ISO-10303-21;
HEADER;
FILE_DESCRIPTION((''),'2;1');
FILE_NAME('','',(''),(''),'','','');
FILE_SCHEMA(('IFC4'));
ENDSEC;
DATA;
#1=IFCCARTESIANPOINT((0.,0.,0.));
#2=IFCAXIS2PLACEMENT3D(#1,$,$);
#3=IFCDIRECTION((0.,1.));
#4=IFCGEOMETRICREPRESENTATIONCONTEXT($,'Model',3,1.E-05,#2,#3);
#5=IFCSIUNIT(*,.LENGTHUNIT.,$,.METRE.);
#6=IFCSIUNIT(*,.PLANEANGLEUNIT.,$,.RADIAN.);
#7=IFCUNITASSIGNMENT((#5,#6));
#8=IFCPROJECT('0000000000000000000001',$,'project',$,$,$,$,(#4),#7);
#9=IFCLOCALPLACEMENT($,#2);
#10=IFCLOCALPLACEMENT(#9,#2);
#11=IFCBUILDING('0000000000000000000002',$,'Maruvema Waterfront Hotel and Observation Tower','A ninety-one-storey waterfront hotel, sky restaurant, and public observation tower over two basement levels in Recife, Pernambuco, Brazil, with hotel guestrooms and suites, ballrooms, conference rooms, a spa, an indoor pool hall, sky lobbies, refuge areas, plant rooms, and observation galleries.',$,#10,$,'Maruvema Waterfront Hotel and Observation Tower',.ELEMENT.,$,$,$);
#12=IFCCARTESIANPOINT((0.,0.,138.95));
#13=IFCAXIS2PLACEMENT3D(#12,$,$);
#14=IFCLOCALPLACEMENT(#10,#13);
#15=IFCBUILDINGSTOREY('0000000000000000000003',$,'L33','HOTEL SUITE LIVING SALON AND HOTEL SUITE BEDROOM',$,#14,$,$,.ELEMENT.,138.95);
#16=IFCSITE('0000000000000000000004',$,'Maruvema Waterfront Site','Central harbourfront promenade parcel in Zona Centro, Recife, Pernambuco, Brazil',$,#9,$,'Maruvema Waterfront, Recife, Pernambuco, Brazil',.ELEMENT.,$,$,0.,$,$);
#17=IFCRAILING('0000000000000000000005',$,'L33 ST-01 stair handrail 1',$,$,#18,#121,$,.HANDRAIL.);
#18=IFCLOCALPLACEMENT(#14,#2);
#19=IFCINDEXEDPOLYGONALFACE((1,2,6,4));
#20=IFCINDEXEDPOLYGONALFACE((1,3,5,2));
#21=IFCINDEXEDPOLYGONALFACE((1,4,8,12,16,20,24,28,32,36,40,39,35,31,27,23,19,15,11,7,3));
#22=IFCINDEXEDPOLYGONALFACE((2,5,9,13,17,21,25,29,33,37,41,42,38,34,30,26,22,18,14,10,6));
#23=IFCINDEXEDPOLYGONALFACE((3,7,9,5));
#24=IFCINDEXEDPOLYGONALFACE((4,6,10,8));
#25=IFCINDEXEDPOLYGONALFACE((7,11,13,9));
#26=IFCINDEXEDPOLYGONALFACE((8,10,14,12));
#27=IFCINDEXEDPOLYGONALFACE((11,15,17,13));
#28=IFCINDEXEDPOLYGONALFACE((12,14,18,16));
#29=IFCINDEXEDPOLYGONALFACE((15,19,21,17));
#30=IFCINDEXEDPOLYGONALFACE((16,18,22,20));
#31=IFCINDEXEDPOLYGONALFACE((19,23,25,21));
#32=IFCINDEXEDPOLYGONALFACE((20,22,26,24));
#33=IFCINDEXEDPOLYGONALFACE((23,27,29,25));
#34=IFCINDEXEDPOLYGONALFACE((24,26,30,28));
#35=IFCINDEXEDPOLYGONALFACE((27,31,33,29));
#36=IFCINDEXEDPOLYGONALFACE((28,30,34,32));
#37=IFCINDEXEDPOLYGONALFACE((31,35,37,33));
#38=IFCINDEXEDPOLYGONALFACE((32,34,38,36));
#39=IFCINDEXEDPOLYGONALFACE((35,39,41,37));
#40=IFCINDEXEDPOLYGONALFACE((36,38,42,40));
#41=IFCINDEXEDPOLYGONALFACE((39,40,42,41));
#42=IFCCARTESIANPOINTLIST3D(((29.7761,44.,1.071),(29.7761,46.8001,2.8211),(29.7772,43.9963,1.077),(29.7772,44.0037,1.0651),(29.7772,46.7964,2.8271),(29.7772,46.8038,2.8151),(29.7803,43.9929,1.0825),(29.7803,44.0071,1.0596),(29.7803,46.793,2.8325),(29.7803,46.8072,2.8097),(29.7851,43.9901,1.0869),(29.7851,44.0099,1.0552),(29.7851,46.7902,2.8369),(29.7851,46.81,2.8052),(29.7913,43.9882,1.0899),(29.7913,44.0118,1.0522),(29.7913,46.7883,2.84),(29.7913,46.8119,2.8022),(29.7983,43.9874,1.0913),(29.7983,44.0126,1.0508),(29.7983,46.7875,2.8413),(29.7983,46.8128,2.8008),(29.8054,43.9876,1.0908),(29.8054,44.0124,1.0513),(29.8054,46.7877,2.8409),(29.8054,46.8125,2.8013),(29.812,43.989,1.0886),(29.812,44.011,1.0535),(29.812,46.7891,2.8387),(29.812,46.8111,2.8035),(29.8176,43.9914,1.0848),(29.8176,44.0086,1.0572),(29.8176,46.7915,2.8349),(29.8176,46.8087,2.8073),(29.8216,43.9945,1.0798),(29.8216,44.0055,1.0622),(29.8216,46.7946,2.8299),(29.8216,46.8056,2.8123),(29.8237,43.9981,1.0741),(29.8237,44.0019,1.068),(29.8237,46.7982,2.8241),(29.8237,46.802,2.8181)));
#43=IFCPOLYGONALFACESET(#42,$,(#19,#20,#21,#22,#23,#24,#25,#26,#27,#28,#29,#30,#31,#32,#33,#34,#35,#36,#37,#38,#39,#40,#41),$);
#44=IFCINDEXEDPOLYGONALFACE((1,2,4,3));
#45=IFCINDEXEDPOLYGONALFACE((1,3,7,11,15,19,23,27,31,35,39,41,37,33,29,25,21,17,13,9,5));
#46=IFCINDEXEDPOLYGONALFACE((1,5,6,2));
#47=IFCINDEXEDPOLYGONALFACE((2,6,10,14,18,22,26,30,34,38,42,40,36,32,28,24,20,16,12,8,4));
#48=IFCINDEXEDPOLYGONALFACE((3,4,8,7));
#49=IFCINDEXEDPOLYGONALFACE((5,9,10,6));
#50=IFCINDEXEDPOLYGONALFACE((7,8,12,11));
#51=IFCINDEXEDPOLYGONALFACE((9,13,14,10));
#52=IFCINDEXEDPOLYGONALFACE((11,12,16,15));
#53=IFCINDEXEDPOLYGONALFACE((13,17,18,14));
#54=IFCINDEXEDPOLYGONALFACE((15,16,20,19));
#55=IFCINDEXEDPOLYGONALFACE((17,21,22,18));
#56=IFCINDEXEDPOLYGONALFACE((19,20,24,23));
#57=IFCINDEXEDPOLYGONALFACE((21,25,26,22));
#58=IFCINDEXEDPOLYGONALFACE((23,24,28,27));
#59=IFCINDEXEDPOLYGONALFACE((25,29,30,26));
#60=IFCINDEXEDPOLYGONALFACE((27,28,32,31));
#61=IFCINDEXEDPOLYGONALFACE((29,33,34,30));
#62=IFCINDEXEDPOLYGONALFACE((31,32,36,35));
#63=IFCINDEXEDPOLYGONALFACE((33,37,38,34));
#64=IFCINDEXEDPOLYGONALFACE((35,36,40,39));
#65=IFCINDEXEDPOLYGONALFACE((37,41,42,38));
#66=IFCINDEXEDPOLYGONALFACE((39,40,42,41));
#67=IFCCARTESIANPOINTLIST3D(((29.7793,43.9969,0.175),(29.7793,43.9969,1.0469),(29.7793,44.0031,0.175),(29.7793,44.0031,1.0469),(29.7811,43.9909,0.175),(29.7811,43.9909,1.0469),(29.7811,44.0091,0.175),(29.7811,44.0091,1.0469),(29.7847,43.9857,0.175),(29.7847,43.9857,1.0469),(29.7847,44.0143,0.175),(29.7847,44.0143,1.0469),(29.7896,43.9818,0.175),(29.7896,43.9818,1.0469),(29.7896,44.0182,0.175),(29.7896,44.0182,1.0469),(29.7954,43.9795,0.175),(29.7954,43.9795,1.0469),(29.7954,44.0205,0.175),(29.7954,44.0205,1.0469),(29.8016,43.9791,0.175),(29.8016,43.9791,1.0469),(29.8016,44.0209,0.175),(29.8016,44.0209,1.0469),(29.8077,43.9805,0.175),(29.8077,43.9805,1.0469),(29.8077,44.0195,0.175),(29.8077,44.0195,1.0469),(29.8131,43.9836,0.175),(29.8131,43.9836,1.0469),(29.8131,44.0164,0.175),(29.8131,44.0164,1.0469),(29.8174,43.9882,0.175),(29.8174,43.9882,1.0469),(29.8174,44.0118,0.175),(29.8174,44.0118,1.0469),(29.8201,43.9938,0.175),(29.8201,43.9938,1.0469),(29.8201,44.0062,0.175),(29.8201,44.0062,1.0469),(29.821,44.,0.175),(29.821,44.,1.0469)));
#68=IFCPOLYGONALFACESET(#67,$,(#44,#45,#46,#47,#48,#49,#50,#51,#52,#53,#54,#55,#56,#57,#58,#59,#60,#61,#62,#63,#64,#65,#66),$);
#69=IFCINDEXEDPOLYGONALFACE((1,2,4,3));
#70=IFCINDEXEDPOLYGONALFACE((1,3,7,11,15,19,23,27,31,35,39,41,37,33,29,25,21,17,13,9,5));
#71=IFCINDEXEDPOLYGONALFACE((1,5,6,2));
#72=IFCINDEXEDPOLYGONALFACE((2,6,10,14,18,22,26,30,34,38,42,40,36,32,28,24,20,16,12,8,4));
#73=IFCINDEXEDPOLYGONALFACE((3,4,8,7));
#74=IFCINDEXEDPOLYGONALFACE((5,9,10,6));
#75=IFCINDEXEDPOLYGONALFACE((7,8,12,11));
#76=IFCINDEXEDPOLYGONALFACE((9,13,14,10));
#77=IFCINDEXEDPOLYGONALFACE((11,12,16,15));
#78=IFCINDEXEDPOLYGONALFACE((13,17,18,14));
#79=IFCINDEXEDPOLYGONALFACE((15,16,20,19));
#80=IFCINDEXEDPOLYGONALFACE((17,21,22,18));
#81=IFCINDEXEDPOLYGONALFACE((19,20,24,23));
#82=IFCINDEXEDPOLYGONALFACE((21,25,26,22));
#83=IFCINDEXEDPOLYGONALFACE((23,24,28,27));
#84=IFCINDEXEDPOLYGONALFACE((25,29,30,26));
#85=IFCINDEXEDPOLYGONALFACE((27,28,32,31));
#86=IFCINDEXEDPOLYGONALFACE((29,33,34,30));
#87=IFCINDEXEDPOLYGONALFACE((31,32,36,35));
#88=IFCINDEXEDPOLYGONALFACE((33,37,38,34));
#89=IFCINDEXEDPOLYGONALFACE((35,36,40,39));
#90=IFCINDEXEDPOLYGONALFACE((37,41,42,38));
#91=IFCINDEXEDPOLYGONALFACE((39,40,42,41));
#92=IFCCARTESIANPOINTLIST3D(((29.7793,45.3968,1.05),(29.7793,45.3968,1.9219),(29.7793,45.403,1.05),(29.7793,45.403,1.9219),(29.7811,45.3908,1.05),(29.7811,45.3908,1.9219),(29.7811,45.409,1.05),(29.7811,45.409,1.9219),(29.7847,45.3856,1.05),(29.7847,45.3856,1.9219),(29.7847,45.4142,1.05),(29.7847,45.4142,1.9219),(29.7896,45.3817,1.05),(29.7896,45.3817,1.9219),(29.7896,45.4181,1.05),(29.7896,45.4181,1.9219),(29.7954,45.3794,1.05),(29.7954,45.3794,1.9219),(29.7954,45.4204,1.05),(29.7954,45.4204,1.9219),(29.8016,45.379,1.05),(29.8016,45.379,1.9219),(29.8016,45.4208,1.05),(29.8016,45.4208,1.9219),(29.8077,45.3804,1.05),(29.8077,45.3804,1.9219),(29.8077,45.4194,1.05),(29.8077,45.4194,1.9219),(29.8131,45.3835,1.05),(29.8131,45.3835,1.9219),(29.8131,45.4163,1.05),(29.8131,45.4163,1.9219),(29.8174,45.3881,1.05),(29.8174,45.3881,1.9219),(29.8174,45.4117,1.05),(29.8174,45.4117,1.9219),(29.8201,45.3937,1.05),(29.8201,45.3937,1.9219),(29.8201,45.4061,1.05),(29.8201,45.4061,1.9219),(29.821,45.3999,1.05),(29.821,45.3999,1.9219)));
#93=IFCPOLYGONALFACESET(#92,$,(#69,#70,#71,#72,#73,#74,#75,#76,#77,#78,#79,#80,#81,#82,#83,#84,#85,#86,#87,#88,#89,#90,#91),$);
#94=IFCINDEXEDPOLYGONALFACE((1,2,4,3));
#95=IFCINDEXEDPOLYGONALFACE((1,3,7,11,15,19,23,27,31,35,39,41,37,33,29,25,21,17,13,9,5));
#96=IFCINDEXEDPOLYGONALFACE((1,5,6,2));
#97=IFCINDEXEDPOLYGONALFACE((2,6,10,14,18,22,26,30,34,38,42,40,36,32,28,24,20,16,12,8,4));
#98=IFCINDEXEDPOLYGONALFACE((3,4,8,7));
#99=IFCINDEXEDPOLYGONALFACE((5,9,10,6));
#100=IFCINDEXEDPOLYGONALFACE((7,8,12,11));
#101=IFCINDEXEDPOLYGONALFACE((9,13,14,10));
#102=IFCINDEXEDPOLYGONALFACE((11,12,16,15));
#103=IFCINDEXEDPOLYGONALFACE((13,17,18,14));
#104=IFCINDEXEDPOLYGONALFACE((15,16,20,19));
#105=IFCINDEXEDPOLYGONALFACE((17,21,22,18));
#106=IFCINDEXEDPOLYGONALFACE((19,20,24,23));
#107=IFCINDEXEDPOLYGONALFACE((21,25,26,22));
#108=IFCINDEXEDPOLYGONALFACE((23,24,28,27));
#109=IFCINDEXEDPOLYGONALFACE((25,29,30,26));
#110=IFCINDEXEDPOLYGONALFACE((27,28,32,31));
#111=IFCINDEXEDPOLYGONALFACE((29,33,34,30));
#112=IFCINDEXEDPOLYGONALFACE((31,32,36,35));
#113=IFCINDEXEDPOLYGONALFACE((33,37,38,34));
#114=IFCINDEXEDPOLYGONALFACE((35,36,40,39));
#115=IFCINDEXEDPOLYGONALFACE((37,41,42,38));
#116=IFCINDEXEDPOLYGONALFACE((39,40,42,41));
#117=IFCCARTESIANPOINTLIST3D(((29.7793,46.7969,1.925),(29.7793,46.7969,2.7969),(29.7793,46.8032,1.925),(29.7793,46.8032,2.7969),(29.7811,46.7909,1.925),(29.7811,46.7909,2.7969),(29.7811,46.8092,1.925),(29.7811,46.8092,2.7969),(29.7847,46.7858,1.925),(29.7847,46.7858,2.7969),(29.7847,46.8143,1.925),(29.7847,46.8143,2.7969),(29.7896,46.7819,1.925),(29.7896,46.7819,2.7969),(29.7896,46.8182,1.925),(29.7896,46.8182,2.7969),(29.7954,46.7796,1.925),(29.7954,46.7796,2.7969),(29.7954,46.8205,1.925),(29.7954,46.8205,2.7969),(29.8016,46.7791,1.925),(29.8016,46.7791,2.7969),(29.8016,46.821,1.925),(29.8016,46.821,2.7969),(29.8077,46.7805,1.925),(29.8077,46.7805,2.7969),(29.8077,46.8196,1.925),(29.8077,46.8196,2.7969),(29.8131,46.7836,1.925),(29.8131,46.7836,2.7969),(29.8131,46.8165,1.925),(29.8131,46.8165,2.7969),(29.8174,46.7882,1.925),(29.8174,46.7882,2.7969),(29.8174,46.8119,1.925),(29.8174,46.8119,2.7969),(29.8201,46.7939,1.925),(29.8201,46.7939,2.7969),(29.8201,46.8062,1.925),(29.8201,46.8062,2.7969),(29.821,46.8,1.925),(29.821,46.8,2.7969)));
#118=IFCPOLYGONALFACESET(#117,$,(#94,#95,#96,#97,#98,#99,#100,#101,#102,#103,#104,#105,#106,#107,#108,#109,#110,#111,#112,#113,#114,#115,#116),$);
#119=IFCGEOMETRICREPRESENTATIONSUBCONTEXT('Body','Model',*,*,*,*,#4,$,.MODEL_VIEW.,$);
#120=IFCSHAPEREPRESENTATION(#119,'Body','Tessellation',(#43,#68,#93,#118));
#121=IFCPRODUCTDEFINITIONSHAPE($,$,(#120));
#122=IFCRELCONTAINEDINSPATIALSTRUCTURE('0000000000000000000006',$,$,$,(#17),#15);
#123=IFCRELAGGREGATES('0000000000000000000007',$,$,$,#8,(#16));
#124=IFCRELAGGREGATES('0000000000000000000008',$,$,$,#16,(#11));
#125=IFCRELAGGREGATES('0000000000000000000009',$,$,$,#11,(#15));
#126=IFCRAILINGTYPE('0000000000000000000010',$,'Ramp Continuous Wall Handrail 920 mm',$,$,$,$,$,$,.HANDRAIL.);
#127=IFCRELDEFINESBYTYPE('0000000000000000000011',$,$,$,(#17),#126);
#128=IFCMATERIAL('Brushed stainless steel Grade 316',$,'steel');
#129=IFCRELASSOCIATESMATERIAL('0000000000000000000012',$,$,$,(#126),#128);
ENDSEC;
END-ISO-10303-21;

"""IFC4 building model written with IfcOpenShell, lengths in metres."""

from ifc_helpers import new_model, si_unit, direction, frame, origin, origin_2d, place, context, subcontext, project, spatial, circle, extrude, material, type_object, element, save


model = new_model("IFC4")

# Units and contexts
model_context = context("Model", 3, precision=1e-05, world=origin(), true_north=direction((0.0, 1.0)))
body_context = subcontext(model_context, "Body", "Model", "MODEL_VIEW")
ifc_project = project(units=[si_unit("LENGTHUNIT", "METRE"), si_unit("PLANEANGLEUNIT", "RADIAN")], contexts=[model_context])

# Site, building, storey
site_placement = place(None, origin())
site = spatial("IfcSite", under=ifc_project, at=site_placement, Name="Maruvema Waterfront Site", Description="Central harbourfront promenade parcel in Zona Centro, Recife, Pernambuco, Brazil", LongName="Maruvema Waterfront, Recife, Pernambuco, Brazil", CompositionType="ELEMENT", RefElevation=0.0)
building_placement = place(site_placement, origin())
building = spatial("IfcBuilding", under=site, at=building_placement, Name="Maruvema Waterfront Hotel and Observation Tower", Description="A ninety-one-storey waterfront hotel, sky restaurant, and public observation tower over two basement levels in Recife, Pernambuco, Brazil, with hotel guestrooms and suites, ballrooms, conference rooms, a spa, an indoor pool hall, sky lobbies, refuge areas, plant rooms, and observation galleries.", LongName="Maruvema Waterfront Hotel and Observation Tower", CompositionType="ELEMENT")
storey_placement = place(building_placement, frame((0.0, 0.0, 138.95)))
storey = spatial("IfcBuildingStorey", under=building, at=storey_placement, Name="L33", Description="HOTEL SUITE LIVING SALON AND HOTEL SUITE BEDROOM", CompositionType="ELEMENT", Elevation=138.95)

# Railing
ifc_material_1 = material(Name="Brushed stainless steel Grade 316", Category="steel")
railing_type_1 = type_object("IfcRailingType", Name="Ramp Continuous Wall Handrail 920 mm", PredefinedType="HANDRAIL", material=ifc_material_1)
railing_1_placement = place(storey_placement, frame((29.8, 44.0, 0.175)))
element("IfcRailing", 1, at=railing_1_placement, inside=storey, type_object=railing_type_1, Name="L33 ST-01 stair handrail 1", PredefinedType="HANDRAIL", context=body_context, shape_type="SweptSolid", body=[
    extrude(circle(Radius=0.0239, at=origin_2d()), frame((0.0, 0.0, 0.896), z_axis=(0.0, 0.848002, 0.529992), x_axis=(-1.0, 0.0, 0.0)), (0.0, 0.0, 1.0), 3.302),
    extrude(circle(Radius=0.021, at=origin_2d()), origin(), (0.0, 0.0, 1.0), 0.8718),
    extrude(circle(Radius=0.021, at=origin_2d()), frame((0.0, 1.3999, 0.875)), (0.0, 0.0, 1.0), 0.8718),
    extrude(circle(Radius=0.021, at=origin_2d()), frame((0.0, 2.8, 1.75)), (0.0, 0.0, 1.0), 0.8718),
])

save(model, "model.ifc")
